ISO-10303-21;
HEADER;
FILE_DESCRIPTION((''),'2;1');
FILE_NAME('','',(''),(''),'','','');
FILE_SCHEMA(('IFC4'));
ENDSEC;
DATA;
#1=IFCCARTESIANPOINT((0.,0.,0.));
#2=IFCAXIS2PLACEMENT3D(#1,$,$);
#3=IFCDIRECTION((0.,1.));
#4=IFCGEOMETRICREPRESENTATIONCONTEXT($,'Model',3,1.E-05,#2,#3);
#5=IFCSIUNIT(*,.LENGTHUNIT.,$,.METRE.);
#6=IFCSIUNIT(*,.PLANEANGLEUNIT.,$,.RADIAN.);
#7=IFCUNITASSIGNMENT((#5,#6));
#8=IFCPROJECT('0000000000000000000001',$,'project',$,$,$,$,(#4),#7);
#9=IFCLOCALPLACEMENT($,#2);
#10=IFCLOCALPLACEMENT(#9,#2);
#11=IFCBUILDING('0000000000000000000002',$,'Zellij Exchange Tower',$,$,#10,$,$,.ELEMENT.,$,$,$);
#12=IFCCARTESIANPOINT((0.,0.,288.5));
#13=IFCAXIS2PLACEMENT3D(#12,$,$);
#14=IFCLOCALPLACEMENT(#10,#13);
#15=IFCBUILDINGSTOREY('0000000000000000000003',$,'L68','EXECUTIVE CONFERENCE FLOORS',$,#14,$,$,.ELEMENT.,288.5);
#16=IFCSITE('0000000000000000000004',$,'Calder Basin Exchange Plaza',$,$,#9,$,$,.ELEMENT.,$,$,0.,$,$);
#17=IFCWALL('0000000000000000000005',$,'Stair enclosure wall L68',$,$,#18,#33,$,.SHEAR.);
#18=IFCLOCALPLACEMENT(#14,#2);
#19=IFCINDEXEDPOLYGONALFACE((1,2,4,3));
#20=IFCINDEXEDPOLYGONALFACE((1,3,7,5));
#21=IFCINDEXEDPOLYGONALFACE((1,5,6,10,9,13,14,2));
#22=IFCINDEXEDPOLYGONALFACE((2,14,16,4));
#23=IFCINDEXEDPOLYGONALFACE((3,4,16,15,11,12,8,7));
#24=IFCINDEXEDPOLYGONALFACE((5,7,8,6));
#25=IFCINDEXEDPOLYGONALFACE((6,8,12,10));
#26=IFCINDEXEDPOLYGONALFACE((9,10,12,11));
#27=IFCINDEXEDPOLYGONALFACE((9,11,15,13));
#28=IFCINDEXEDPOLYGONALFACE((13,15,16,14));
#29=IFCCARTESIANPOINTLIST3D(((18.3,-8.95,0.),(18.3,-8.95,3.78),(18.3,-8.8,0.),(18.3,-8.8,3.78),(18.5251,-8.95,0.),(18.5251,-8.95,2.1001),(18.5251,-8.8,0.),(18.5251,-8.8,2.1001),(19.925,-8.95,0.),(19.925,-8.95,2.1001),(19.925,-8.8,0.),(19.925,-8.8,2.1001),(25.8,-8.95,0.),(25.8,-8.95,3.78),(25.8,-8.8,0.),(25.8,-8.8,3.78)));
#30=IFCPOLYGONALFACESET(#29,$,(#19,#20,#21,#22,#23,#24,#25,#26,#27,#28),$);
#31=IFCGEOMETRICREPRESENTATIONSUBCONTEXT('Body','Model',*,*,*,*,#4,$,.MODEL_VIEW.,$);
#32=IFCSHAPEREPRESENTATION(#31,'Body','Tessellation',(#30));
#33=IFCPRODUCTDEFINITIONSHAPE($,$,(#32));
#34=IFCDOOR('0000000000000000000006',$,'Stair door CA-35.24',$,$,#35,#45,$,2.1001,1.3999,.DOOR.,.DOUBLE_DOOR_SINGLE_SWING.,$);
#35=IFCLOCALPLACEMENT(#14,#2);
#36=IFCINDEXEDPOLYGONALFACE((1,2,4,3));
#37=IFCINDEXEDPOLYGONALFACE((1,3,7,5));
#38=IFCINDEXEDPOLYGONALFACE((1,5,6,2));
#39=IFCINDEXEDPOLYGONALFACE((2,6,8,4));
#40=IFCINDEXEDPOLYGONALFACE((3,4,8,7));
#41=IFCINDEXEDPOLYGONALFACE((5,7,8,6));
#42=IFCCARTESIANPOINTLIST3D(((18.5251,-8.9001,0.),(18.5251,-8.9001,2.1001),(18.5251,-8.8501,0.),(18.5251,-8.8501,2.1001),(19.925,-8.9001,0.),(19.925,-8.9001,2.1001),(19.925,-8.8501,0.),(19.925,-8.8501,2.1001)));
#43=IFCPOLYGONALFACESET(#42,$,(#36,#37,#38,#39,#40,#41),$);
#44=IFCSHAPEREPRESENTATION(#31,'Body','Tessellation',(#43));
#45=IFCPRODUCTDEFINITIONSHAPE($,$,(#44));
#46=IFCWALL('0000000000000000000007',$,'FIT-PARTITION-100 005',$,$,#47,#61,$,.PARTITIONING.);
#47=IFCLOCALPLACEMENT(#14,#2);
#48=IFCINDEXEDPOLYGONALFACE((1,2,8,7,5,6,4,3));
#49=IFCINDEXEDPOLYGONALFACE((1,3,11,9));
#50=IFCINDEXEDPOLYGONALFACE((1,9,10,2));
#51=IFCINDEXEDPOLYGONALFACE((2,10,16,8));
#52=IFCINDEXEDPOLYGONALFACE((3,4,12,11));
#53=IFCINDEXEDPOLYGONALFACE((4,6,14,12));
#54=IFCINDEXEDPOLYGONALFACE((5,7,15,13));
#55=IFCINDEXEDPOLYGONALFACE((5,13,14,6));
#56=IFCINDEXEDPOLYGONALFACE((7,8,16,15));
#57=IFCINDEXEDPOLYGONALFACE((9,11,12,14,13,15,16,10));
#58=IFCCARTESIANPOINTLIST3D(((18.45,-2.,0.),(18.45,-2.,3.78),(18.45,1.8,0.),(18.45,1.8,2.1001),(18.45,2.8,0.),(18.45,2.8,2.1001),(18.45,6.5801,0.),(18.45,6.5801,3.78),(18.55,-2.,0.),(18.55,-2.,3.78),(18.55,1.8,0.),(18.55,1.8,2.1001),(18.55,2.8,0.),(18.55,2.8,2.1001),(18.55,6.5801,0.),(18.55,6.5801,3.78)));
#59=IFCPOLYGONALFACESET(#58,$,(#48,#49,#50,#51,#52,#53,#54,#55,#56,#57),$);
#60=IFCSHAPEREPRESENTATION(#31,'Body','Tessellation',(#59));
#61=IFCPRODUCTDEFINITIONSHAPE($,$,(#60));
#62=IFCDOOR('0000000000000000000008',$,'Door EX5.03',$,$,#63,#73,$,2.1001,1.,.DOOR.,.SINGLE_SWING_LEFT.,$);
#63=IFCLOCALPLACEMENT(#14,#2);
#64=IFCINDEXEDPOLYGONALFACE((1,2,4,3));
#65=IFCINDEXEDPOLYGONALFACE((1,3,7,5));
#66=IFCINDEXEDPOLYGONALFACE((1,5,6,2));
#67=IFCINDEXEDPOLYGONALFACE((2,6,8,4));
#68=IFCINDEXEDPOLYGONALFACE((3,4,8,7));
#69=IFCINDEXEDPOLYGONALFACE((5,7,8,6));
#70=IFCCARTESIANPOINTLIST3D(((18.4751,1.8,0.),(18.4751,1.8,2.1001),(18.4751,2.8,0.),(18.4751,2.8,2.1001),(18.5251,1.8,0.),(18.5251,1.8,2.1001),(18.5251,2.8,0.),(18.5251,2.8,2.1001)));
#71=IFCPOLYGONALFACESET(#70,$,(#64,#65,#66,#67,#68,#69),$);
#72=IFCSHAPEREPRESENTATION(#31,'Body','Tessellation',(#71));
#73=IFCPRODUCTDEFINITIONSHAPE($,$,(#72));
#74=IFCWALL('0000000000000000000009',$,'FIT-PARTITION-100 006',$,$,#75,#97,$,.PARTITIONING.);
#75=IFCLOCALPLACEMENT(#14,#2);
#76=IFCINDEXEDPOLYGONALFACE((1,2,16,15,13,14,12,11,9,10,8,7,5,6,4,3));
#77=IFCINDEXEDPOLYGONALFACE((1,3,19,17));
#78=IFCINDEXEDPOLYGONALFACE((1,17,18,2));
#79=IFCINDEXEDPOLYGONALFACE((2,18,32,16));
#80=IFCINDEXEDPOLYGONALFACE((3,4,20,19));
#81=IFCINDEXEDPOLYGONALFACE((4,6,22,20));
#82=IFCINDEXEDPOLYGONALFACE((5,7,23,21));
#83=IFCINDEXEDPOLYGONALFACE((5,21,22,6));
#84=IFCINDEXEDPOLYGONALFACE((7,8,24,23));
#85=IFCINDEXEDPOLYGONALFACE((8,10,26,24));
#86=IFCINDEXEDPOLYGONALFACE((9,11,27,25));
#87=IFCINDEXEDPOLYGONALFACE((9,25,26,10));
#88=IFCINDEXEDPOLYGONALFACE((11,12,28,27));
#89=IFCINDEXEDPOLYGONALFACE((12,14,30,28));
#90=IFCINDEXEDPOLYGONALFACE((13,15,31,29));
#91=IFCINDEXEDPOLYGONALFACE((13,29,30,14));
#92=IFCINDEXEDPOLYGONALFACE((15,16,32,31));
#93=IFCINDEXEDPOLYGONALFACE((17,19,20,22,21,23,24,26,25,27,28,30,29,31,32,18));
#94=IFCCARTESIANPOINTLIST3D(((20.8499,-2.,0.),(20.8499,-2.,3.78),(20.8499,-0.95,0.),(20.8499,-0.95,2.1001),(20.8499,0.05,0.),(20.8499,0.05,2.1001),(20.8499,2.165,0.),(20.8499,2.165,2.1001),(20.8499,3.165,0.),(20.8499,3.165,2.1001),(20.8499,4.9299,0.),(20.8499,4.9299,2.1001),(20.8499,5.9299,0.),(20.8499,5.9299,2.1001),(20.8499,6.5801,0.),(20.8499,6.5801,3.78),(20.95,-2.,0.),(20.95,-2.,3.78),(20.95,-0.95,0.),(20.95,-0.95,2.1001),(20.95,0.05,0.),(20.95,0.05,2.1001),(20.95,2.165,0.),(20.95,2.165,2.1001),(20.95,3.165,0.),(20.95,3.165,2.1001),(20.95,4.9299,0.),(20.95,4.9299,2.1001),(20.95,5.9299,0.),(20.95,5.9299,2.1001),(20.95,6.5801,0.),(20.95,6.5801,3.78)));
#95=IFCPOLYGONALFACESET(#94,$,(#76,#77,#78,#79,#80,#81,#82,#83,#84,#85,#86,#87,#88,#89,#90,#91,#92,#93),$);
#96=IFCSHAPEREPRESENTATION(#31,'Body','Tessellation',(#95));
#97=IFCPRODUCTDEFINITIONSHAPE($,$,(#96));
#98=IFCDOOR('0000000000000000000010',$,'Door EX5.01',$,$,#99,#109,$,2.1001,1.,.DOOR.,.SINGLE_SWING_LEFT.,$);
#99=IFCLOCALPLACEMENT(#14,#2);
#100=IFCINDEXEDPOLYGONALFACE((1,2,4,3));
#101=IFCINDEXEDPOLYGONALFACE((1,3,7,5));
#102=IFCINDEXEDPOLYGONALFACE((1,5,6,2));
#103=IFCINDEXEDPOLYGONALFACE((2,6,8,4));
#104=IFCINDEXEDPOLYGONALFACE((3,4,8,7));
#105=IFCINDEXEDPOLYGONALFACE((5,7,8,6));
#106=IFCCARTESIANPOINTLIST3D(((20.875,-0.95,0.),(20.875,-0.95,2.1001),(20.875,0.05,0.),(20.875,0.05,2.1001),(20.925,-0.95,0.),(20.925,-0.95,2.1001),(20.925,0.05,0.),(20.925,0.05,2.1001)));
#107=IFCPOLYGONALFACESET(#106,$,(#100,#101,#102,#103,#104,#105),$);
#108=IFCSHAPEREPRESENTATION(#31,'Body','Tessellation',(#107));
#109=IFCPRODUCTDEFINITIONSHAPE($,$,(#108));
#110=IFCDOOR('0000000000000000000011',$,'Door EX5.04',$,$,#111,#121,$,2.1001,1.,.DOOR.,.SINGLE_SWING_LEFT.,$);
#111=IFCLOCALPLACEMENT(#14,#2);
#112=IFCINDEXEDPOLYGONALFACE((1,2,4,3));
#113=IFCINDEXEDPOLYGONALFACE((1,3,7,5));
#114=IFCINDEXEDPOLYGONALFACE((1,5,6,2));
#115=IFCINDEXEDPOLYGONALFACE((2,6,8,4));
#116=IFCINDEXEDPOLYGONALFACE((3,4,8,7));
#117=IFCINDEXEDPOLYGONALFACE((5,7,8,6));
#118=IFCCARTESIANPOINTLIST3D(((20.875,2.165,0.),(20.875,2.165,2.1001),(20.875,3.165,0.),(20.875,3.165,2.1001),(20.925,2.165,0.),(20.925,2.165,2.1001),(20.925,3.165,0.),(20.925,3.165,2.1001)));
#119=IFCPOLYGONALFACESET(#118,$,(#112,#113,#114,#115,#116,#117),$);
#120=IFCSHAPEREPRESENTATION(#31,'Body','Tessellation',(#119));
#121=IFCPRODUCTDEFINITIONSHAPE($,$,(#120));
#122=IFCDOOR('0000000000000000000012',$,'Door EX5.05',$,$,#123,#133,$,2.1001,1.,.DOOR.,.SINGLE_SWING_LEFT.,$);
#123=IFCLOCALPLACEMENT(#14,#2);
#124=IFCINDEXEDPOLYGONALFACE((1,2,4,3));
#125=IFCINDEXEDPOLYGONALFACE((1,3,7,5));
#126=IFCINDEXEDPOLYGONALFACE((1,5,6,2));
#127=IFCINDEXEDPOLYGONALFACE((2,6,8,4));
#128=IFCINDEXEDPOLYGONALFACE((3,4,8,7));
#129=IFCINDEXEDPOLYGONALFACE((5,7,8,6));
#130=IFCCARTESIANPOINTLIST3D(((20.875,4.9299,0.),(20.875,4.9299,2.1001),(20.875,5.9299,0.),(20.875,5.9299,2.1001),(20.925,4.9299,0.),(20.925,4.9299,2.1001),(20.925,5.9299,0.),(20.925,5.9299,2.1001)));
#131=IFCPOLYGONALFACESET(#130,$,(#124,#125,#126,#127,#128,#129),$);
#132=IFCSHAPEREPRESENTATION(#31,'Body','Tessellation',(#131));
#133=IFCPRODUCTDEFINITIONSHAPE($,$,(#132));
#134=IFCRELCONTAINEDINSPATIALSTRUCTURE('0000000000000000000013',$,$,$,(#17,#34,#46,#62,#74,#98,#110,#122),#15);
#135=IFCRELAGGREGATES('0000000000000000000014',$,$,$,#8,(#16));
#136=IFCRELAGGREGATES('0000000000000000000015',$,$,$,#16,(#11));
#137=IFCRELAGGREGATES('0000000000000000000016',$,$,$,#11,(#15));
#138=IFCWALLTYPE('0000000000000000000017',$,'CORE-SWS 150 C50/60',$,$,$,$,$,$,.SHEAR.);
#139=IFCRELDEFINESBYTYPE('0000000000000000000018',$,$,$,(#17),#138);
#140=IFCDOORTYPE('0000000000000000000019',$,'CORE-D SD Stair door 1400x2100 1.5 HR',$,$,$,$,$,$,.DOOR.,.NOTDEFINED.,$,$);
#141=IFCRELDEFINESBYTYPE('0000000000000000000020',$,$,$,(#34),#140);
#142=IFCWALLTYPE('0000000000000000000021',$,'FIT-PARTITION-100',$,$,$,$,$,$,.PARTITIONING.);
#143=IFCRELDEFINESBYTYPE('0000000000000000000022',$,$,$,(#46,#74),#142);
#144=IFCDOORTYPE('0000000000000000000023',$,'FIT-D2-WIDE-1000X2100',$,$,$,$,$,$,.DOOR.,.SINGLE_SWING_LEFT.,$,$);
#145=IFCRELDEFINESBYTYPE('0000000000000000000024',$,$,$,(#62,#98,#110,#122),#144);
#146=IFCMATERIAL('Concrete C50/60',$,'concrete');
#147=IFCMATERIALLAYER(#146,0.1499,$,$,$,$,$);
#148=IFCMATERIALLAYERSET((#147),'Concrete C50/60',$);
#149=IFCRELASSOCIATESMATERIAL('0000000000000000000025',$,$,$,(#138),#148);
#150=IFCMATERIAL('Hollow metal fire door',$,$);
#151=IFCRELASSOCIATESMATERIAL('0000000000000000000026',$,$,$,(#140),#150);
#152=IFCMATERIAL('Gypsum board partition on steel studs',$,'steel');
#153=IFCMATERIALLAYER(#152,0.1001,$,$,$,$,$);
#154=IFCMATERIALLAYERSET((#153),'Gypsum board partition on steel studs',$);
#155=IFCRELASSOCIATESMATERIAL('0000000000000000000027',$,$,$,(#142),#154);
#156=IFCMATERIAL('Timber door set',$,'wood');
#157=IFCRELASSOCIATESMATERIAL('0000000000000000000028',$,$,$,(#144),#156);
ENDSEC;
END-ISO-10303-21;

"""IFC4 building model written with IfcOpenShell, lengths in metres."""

from ifc_helpers import new_model, si_unit, direction, frame, frame_2d, origin, place, context, subcontext, project, spatial, rectangle, extrude, material, layer, layer_set, type_object, element, fill, save


model = new_model("IFC4")

# Units and contexts
model_context = context("Model", 3, precision=1e-05, world=origin(), true_north=direction((0.0, 1.0)))
body_context = subcontext(model_context, "Body", "Model", "MODEL_VIEW")
ifc_project = project(units=[si_unit("LENGTHUNIT", "METRE"), si_unit("PLANEANGLEUNIT", "RADIAN")], contexts=[model_context])

# Site, building, storey
site_placement = place(None, origin())
site = spatial("IfcSite", under=ifc_project, at=site_placement, Name="Calder Basin Exchange Plaza", CompositionType="ELEMENT", RefElevation=0.0)
building_placement = place(site_placement, origin())
building = spatial("IfcBuilding", under=site, at=building_placement, Name="Zellij Exchange Tower", CompositionType="ELEMENT")
storey_placement = place(building_placement, frame((0.0, 0.0, 288.5)))
storey = spatial("IfcBuildingStorey", under=building, at=storey_placement, Name="L68", Description="EXECUTIVE CONFERENCE FLOORS", CompositionType="ELEMENT", Elevation=288.5)

# Shared definitions
ifc_material_1 = material(Name="Concrete C50/60", Category="concrete")

# Shared definitions
ifc_material_2 = material(Name="Hollow metal fire door")

# Walls, openings, doors
ifc_layer_1 = layer(ifc_material_1, 0.1499)
ifc_layer_set_1 = layer_set([ifc_layer_1], Name="Concrete C50/60")
wall_type_1 = type_object("IfcWallType", Name="CORE-SWS 150 C50/60", PredefinedType="SHEAR", material=ifc_layer_set_1)
wall_1_placement = place(storey_placement, frame((18.3, -8.875, 0.0), z_axis=(0.0, 0.0, 1.0), x_axis=(1.0, 0.0, 0.0)))
wall_1 = element("IfcWall", 1, at=wall_1_placement, inside=storey, type_object=wall_type_1, Name="Stair enclosure wall L68", PredefinedType="SHEAR", context=body_context, shape_type="SweptSolid", body=[
    extrude(rectangle(XDim=7.5, YDim=0.1499, at=frame_2d((3.75, 0.0))), origin(), (0.0, 0.0, 1.0), 3.78),
])
opening_1_placement = place(wall_1_placement, frame((0.2251, 0.0, 0.0)))
opening_1 = element("IfcOpeningElement", 2, at=opening_1_placement, cuts=wall_1, PredefinedType="OPENING", context=body_context, shape_type="SweptSolid", body=[
    extrude(rectangle(XDim=1.3999, YDim=2.1001, at=frame_2d((0.7, 1.05))), frame((0.0, 0.0869, 0.0), z_axis=(0.0, -1.0, 0.0), x_axis=(1.0, 0.0, 0.0)), (0.0, 0.0, 1.0), 0.1738),
])
door_type_1 = type_object("IfcDoorType", Name="CORE-D SD Stair door 1400x2100 1.5 HR", OperationType="NOTDEFINED", PredefinedType="DOOR", material=ifc_material_2)
door_1_placement = place(opening_1_placement, origin())
door_1 = element("IfcDoor", 3, at=door_1_placement, inside=storey, type_object=door_type_1, Name="Stair door CA-35.24", OperationType="DOUBLE_DOOR_SINGLE_SWING", OverallHeight=2.1001, OverallWidth=1.3999, PredefinedType="DOOR", context=body_context, shape_type="SweptSolid", body=[
    extrude(rectangle(XDim=1.3999, YDim=2.1001, at=frame_2d((0.7, 1.05))), frame((0.0, 0.0249, 0.0), z_axis=(0.0, -1.0, 0.0), x_axis=(1.0, 0.0, 0.0)), (0.0, 0.0, 1.0), 0.05),
])
fill(opening_1, door_1)
ifc_material_3 = material(Name="Gypsum board partition on steel studs", Category="steel")
ifc_layer_2 = layer(ifc_material_3, 0.1001)
ifc_layer_set_2 = layer_set([ifc_layer_2], Name="Gypsum board partition on steel studs")
wall_type_2 = type_object("IfcWallType", Name="FIT-PARTITION-100", PredefinedType="PARTITIONING", material=ifc_layer_set_2)
wall_2_placement = place(storey_placement, frame((18.5, -2.0, 0.0), z_axis=(0.0, 0.0, 1.0), x_axis=(0.0, 1.0, 0.0)))
wall_2 = element("IfcWall", 4, at=wall_2_placement, inside=storey, type_object=wall_type_2, Name="FIT-PARTITION-100 005", PredefinedType="PARTITIONING", context=body_context, shape_type="SweptSolid", body=[
    extrude(rectangle(XDim=8.5801, YDim=0.1001, at=frame_2d((4.29, 0.0))), origin(), (0.0, 0.0, 1.0), 3.78),
])
opening_2_placement = place(wall_2_placement, frame((3.8, 0.0, 0.0)))
opening_2 = element("IfcOpeningElement", 5, at=opening_2_placement, cuts=wall_2, PredefinedType="OPENING", context=body_context, shape_type="SweptSolid", body=[
    extrude(rectangle(XDim=1.0, YDim=2.1001, at=frame_2d((0.5, 1.05))), frame((0.0, 0.062, 0.0), z_axis=(0.0, -1.0, 0.0), x_axis=(1.0, 0.0, 0.0)), (0.0, 0.0, 1.0), 0.124),
])
ifc_material_4 = material(Name="Timber door set", Category="wood")
door_type_2 = type_object("IfcDoorType", Name="FIT-D2-WIDE-1000X2100", OperationType="SINGLE_SWING_LEFT", PredefinedType="DOOR", material=ifc_material_4)
door_2_placement = place(opening_2_placement, origin())
door_2 = element("IfcDoor", 6, at=door_2_placement, inside=storey, type_object=door_type_2, Name="Door EX5.03", OperationType="SINGLE_SWING_LEFT", OverallHeight=2.1001, OverallWidth=1.0, PredefinedType="DOOR", context=body_context, shape_type="SweptSolid", body=[
    extrude(rectangle(XDim=1.0, YDim=2.1001, at=frame_2d((0.5, 1.05))), frame((0.0, 0.0249, 0.0), z_axis=(0.0, -1.0, 0.0), x_axis=(1.0, 0.0, 0.0)), (0.0, 0.0, 1.0), 0.05),
])
fill(opening_2, door_2)

# Wall, openings, doors
wall_3_placement = place(storey_placement, frame((20.8999, -2.0, 0.0), z_axis=(0.0, 0.0, 1.0), x_axis=(0.0, 1.0, 0.0)))
wall_3 = element("IfcWall", 7, at=wall_3_placement, inside=storey, type_object=wall_type_2, Name="FIT-PARTITION-100 006", PredefinedType="PARTITIONING", context=body_context, shape_type="SweptSolid", body=[
    extrude(rectangle(XDim=8.5801, YDim=0.1001, at=frame_2d((4.29, 0.0))), origin(), (0.0, 0.0, 1.0), 3.78),
])
opening_3_placement = place(wall_3_placement, frame((1.05, 0.0, 0.0)))
opening_3 = element("IfcOpeningElement", 8, at=opening_3_placement, cuts=wall_3, PredefinedType="OPENING", context=body_context, shape_type="SweptSolid", body=[
    extrude(rectangle(XDim=1.0, YDim=2.1001, at=frame_2d((0.5, 1.05))), frame((0.0, 0.062, 0.0), z_axis=(0.0, -1.0, 0.0), x_axis=(1.0, 0.0, 0.0)), (0.0, 0.0, 1.0), 0.124),
])
opening_4_placement = place(wall_3_placement, frame((4.165, 0.0, 0.0)))
opening_4 = element("IfcOpeningElement", 9, at=opening_4_placement, cuts=wall_3, PredefinedType="OPENING", context=body_context, shape_type="SweptSolid", body=[
    extrude(rectangle(XDim=1.0, YDim=2.1001, at=frame_2d((0.5, 1.05))), frame((0.0, 0.062, 0.0), z_axis=(0.0, -1.0, 0.0), x_axis=(1.0, 0.0, 0.0)), (0.0, 0.0, 1.0), 0.124),
])
opening_5_placement = place(wall_3_placement, frame((6.9299, 0.0, 0.0)))
opening_5 = element("IfcOpeningElement", 10, at=opening_5_placement, cuts=wall_3, PredefinedType="OPENING", context=body_context, shape_type="SweptSolid", body=[
    extrude(rectangle(XDim=1.0, YDim=2.1001, at=frame_2d((0.5, 1.05))), frame((0.0, 0.062, 0.0), z_axis=(0.0, -1.0, 0.0), x_axis=(1.0, 0.0, 0.0)), (0.0, 0.0, 1.0), 0.124),
])
door_3_placement = place(opening_3_placement, origin())
door_3 = element("IfcDoor", 11, at=door_3_placement, inside=storey, type_object=door_type_2, Name="Door EX5.01", OperationType="SINGLE_SWING_LEFT", OverallHeight=2.1001, OverallWidth=1.0, PredefinedType="DOOR", context=body_context, shape_type="SweptSolid", body=[
    extrude(rectangle(XDim=1.0, YDim=2.1001, at=frame_2d((0.5, 1.05))), frame((0.0, 0.0249, 0.0), z_axis=(0.0, -1.0, 0.0), x_axis=(1.0, 0.0, 0.0)), (0.0, 0.0, 1.0), 0.05),
])
fill(opening_3, door_3)
door_4_placement = place(opening_4_placement, origin())
door_4 = element("IfcDoor", 12, at=door_4_placement, inside=storey, type_object=door_type_2, Name="Door EX5.04", OperationType="SINGLE_SWING_LEFT", OverallHeight=2.1001, OverallWidth=1.0, PredefinedType="DOOR", context=body_context, shape_type="SweptSolid", body=[
    extrude(rectangle(XDim=1.0, YDim=2.1001, at=frame_2d((0.5, 1.05))), frame((0.0, 0.0249, 0.0), z_axis=(0.0, -1.0, 0.0), x_axis=(1.0, 0.0, 0.0)), (0.0, 0.0, 1.0), 0.05),
])
fill(opening_4, door_4)
door_5_placement = place(opening_5_placement, origin())
door_5 = element("IfcDoor", 13, at=door_5_placement, inside=storey, type_object=door_type_2, Name="Door EX5.05", OperationType="SINGLE_SWING_LEFT", OverallHeight=2.1001, OverallWidth=1.0, PredefinedType="DOOR", context=body_context, shape_type="SweptSolid", body=[
    extrude(rectangle(XDim=1.0, YDim=2.1001, at=frame_2d((0.5, 1.05))), frame((0.0, 0.0249, 0.0), z_axis=(0.0, -1.0, 0.0), x_axis=(1.0, 0.0, 0.0)), (0.0, 0.0, 1.0), 0.05),
])
fill(opening_5, door_5)

save(model, "model.ifc")
